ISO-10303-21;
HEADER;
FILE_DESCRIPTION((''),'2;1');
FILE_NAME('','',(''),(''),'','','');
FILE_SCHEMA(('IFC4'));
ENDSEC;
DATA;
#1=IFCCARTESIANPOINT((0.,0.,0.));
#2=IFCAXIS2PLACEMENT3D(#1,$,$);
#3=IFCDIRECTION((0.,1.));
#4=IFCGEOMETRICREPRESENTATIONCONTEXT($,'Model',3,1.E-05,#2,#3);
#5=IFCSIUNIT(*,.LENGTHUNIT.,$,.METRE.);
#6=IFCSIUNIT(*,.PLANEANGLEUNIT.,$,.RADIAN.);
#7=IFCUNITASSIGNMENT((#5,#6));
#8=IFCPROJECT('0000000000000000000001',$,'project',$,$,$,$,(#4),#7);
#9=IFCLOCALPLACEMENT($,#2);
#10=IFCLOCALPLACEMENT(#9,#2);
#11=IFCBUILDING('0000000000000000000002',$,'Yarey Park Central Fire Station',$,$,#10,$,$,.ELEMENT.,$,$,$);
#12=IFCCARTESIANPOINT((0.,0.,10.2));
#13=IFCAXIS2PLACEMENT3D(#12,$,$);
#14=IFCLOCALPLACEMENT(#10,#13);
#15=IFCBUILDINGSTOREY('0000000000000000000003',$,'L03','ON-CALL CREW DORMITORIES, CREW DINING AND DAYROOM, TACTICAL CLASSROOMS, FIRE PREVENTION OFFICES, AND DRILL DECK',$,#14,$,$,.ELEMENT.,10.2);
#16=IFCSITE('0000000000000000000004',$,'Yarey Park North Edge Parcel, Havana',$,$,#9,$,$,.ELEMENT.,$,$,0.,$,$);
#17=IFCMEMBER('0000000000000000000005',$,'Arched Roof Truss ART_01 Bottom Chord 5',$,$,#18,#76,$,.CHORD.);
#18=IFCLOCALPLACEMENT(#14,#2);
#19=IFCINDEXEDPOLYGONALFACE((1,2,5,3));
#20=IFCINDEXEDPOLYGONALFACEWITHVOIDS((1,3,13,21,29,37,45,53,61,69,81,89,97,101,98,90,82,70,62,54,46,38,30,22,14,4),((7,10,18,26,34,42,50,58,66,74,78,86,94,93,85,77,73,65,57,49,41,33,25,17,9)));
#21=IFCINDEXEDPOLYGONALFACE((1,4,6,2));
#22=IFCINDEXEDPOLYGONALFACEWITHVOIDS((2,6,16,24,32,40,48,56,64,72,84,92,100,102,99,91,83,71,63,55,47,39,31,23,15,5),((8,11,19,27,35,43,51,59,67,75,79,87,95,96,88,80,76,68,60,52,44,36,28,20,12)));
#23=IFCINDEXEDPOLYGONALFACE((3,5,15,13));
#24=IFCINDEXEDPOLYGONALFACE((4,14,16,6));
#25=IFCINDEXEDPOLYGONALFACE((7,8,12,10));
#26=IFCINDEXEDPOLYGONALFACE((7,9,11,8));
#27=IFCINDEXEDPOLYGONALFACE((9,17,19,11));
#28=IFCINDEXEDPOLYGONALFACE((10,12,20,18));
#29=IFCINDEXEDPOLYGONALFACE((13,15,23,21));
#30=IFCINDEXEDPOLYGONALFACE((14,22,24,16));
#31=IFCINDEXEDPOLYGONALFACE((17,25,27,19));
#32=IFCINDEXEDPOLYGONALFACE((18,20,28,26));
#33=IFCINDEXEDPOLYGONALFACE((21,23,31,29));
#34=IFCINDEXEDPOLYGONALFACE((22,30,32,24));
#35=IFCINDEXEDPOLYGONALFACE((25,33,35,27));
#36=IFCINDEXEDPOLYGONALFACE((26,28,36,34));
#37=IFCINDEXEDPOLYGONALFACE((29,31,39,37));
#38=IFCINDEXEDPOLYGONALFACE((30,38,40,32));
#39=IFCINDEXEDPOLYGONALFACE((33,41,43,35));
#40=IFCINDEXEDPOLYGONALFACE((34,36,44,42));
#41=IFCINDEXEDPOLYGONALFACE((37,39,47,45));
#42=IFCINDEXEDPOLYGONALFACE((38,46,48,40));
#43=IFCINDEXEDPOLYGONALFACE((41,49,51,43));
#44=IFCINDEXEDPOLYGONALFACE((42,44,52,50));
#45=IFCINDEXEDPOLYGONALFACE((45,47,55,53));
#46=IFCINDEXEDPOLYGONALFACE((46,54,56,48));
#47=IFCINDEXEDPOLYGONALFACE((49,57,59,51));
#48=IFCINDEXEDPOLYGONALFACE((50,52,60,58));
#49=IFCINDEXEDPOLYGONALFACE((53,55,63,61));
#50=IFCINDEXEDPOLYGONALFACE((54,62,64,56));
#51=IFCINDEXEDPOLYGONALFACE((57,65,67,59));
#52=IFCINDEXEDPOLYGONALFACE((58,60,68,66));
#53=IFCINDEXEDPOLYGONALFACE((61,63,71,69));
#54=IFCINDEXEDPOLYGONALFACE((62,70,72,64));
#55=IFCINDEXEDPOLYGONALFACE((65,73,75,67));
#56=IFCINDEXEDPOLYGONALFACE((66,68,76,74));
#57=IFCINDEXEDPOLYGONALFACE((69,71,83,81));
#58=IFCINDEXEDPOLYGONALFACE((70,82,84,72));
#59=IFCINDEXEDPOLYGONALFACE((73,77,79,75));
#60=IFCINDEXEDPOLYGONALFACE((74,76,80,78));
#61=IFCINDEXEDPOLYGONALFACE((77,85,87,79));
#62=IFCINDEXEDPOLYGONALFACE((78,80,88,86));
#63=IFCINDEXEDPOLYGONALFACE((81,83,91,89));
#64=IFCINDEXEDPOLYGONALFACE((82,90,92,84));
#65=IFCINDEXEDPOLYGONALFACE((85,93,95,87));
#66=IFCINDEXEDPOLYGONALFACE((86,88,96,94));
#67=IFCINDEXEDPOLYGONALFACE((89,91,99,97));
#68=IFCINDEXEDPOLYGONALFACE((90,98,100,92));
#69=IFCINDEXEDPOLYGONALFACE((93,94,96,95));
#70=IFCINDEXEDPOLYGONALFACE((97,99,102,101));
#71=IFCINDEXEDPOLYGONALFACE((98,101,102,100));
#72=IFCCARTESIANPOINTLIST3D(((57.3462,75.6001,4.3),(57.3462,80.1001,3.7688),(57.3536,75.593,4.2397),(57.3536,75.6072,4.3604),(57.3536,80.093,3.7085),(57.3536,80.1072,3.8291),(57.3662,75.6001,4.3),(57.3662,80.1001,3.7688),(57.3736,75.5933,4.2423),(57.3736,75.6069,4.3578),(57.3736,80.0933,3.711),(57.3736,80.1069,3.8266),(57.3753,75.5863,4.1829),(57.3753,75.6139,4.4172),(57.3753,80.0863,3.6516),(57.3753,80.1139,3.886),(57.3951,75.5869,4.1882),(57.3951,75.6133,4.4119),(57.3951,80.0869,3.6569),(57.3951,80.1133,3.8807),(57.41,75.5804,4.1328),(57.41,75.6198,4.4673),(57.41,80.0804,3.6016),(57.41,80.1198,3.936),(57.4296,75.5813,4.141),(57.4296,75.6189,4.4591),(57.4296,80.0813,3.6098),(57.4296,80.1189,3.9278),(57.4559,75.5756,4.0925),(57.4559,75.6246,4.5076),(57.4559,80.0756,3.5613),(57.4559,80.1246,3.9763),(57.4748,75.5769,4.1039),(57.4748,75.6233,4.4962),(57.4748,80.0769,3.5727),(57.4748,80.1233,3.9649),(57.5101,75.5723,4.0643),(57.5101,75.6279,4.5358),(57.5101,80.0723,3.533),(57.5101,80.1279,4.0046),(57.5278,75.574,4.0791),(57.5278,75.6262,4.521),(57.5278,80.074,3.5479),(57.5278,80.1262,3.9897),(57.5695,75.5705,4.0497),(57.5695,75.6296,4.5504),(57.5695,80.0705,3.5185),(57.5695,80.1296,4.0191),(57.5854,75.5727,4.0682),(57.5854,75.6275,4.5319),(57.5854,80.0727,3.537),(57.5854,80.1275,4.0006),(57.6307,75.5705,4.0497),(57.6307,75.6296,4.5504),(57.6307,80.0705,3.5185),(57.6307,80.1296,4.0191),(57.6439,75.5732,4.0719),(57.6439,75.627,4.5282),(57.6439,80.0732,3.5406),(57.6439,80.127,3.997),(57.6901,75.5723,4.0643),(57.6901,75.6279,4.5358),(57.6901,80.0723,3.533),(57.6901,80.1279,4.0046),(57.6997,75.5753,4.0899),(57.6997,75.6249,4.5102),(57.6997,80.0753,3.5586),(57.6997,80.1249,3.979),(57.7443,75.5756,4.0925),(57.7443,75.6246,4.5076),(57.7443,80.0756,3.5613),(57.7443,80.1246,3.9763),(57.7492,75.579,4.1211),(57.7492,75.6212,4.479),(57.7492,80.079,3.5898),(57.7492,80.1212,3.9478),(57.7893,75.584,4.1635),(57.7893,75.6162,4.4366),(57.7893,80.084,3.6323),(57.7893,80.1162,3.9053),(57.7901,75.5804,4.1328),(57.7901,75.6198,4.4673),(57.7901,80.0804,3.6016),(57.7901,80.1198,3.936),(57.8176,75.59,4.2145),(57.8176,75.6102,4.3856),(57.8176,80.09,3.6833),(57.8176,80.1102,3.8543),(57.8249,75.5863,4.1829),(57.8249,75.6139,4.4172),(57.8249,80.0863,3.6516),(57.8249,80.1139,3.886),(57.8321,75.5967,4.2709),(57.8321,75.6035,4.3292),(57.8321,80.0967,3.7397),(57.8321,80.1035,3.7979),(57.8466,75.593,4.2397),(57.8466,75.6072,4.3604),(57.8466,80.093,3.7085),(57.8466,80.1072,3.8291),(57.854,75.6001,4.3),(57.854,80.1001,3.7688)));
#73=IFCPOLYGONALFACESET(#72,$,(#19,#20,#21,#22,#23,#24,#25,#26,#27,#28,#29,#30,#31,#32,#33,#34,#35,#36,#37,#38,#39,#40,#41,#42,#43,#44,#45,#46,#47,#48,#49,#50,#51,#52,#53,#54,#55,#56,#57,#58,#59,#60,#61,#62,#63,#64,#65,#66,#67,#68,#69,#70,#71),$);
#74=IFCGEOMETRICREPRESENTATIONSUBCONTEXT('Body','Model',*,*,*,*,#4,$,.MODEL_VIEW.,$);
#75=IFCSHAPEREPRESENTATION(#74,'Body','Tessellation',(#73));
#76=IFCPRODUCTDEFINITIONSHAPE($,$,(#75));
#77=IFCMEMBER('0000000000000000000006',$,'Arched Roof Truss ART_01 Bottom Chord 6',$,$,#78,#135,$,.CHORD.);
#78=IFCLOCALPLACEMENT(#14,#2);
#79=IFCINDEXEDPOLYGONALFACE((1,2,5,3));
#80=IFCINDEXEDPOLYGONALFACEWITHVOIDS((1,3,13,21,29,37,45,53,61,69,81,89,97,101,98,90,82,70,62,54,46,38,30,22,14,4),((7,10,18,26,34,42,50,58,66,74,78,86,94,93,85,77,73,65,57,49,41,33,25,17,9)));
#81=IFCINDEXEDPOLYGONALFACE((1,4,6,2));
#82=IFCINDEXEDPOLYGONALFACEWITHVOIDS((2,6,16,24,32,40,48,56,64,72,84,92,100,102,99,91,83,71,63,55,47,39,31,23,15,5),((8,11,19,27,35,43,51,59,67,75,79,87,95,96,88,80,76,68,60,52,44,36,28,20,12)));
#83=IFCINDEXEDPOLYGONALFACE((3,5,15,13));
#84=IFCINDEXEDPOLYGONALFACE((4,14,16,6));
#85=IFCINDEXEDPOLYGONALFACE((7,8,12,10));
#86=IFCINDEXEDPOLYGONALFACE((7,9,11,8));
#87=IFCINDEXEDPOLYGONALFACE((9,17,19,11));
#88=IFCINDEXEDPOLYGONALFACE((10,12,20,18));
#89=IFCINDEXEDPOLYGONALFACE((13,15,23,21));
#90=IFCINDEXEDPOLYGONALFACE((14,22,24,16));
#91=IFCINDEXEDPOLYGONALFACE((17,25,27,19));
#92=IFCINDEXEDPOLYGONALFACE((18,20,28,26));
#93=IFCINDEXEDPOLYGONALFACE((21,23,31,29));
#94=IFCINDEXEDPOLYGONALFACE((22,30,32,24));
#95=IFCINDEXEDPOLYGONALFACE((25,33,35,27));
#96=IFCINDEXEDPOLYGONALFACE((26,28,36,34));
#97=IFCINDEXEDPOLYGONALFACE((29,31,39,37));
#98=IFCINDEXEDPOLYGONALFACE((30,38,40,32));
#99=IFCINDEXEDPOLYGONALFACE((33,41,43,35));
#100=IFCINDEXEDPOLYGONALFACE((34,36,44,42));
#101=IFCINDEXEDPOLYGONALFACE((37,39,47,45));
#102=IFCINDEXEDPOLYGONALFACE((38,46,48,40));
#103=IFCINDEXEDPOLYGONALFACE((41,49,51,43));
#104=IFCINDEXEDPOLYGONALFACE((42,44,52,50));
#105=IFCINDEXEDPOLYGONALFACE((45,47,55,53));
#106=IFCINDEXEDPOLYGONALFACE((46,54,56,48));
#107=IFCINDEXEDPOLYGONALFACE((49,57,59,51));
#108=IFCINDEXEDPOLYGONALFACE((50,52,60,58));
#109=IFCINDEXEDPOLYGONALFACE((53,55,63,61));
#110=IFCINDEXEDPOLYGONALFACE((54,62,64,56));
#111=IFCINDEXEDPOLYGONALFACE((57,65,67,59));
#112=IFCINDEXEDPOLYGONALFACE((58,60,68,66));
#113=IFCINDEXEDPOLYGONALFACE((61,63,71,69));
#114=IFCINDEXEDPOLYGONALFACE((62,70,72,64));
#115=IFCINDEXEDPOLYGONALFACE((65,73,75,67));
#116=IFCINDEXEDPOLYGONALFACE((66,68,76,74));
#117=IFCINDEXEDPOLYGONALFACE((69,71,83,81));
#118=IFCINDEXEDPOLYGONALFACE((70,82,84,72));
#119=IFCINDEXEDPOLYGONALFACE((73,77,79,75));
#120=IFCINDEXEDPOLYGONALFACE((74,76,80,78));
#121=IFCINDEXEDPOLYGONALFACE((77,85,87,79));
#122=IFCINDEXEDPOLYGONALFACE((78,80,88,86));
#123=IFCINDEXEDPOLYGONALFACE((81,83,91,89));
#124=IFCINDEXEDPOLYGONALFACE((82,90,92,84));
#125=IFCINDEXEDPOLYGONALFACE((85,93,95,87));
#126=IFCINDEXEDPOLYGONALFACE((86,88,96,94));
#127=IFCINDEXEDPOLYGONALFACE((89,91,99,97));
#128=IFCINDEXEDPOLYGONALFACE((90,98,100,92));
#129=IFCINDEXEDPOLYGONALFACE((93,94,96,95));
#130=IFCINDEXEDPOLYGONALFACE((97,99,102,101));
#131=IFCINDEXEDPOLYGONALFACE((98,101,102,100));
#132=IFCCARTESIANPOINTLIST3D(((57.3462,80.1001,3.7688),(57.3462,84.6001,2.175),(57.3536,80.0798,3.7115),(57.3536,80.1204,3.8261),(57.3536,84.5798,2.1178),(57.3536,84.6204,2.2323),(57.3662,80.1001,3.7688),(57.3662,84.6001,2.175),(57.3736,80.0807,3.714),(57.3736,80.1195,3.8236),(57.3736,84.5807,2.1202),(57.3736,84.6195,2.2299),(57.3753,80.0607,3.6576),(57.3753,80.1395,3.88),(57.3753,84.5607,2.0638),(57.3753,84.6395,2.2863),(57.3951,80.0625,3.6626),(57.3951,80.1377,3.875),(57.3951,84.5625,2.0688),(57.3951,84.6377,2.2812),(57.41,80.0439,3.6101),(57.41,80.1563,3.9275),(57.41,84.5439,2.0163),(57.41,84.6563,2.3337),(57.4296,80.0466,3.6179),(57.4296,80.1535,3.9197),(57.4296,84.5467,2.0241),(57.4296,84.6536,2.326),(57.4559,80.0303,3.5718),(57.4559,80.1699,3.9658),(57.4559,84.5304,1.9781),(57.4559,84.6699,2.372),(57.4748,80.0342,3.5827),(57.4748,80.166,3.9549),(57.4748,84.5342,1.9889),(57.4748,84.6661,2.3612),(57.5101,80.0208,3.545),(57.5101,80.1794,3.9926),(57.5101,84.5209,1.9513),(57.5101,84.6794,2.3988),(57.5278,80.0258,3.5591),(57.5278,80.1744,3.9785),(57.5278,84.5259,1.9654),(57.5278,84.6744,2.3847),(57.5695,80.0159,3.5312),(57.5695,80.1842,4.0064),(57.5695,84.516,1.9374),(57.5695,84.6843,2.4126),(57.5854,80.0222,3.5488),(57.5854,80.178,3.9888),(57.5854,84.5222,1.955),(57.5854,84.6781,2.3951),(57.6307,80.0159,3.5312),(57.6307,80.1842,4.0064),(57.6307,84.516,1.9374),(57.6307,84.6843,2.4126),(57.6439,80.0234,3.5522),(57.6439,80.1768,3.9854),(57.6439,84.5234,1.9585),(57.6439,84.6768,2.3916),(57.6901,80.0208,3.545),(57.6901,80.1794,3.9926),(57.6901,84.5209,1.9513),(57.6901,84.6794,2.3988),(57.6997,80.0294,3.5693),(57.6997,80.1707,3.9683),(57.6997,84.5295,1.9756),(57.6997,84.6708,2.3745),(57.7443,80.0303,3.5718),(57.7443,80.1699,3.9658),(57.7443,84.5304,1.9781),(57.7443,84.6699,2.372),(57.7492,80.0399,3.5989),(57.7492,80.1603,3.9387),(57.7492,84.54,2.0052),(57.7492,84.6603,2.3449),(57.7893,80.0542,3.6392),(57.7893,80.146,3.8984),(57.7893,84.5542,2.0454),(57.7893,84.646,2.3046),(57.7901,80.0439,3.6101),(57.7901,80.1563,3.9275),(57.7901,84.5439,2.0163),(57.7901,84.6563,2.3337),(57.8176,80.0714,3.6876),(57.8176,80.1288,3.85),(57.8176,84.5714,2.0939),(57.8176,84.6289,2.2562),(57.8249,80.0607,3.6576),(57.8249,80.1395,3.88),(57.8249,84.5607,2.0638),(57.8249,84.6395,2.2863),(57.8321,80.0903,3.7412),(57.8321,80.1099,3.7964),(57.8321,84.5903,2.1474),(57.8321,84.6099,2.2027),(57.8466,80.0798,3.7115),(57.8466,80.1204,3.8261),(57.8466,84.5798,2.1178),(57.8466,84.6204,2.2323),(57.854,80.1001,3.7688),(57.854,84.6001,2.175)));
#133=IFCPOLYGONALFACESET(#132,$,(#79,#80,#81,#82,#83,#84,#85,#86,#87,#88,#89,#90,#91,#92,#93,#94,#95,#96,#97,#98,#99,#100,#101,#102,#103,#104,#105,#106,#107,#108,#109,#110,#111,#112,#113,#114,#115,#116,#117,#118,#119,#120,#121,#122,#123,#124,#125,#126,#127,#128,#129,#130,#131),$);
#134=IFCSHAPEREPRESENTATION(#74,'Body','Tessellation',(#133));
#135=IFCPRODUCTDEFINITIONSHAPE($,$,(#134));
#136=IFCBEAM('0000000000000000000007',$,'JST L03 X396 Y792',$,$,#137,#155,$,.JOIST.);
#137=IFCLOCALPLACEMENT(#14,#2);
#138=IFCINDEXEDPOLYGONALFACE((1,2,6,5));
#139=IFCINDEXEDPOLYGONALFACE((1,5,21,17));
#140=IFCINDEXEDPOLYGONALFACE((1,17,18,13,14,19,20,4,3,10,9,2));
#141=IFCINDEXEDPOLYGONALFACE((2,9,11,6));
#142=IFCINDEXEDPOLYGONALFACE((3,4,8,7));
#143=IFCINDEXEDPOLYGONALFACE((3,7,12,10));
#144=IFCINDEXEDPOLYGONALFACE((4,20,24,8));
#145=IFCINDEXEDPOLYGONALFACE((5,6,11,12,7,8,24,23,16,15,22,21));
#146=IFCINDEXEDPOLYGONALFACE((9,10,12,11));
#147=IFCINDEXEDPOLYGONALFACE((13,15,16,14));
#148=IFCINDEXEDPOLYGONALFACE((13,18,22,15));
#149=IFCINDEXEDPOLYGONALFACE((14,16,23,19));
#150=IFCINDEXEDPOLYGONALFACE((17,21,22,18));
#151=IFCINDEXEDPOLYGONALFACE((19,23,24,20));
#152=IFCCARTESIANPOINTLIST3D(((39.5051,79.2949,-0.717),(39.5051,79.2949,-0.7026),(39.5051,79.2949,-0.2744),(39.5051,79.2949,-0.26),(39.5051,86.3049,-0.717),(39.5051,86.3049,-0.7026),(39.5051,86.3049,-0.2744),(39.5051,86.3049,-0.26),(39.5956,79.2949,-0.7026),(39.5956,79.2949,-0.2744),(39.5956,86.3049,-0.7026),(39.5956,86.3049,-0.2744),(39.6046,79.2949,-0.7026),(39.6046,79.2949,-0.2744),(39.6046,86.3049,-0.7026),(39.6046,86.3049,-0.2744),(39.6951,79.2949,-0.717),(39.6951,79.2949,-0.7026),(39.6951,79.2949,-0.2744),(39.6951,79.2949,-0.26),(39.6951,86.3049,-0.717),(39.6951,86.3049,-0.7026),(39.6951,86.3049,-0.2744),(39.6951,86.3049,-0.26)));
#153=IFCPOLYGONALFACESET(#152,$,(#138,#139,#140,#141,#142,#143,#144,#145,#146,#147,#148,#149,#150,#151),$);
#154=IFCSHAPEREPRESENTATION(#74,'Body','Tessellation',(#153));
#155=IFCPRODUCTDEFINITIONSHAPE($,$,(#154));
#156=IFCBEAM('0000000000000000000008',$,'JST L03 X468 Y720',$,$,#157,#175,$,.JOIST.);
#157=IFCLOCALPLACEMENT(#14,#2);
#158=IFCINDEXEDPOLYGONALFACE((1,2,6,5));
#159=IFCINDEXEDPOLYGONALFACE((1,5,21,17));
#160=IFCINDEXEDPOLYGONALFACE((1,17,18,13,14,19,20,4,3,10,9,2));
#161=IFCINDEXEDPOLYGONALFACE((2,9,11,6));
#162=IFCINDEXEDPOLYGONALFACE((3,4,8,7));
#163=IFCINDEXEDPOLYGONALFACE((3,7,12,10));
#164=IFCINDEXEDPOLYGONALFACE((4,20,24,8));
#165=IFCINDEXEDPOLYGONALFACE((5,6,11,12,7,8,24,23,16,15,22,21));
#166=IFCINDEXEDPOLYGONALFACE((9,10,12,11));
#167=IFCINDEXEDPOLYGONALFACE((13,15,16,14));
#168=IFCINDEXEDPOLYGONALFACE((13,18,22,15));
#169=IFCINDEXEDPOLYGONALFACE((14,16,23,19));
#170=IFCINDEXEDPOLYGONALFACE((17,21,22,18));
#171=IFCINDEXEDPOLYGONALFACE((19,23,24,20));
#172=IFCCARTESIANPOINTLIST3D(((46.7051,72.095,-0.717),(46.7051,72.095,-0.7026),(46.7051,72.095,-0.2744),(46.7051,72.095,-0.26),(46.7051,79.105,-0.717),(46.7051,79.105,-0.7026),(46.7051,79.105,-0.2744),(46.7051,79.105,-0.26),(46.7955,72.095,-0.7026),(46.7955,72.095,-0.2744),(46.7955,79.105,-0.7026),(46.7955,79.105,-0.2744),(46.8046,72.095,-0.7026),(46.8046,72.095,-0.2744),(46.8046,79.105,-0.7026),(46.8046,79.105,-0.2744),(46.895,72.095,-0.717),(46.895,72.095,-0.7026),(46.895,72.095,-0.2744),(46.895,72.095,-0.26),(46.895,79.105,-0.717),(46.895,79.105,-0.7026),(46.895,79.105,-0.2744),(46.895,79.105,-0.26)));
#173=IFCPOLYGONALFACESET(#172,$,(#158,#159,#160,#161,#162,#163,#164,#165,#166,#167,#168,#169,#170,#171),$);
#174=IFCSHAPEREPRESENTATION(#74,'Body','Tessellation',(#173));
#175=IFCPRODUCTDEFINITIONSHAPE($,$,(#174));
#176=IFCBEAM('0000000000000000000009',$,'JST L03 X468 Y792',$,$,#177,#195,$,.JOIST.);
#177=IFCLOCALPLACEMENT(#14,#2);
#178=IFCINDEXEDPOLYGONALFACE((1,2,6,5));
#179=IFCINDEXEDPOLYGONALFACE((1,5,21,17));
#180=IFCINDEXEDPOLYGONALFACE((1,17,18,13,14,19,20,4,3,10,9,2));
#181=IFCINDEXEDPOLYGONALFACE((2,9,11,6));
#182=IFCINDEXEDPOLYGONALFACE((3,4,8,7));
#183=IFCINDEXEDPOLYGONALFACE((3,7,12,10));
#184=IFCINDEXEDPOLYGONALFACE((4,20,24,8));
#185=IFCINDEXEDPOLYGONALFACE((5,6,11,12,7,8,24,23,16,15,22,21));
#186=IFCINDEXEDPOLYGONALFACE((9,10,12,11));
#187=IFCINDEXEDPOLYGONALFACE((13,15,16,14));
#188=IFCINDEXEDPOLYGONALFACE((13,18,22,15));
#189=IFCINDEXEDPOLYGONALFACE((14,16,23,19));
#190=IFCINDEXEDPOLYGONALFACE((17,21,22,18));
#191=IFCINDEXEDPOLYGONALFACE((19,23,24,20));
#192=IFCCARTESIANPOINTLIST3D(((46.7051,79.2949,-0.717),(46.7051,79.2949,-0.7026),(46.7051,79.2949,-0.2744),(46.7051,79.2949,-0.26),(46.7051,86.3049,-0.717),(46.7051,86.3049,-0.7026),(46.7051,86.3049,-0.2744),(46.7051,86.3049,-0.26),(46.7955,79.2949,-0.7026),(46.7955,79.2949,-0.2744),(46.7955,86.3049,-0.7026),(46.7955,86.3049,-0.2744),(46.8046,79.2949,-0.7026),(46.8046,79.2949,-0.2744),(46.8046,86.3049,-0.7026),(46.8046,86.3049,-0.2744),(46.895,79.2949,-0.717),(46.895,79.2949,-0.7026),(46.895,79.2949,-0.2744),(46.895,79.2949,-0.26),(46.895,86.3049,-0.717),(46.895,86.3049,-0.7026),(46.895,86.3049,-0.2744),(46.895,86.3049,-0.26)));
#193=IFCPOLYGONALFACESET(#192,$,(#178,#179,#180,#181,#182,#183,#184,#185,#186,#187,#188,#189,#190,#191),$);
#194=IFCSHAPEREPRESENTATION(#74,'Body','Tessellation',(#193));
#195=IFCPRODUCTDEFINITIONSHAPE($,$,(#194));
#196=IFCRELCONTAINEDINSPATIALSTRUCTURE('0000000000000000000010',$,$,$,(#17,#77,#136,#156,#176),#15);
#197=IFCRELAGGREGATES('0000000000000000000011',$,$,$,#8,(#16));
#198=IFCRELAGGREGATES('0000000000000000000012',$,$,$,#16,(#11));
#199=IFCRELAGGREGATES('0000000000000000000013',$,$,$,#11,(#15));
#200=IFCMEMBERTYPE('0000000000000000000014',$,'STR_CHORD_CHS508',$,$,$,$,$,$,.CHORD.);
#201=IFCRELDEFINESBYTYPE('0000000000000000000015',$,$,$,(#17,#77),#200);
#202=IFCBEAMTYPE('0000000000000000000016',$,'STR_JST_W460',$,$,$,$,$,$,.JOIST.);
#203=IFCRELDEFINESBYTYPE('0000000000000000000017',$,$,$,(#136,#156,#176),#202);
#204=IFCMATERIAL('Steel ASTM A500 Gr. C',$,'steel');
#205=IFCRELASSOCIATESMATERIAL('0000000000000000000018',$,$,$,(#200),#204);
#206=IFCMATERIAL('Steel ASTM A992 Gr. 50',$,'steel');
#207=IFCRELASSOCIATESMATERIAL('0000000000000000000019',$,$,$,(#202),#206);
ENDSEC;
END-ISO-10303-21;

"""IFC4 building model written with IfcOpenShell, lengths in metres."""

from ifc_helpers import new_model, si_unit, direction, frame, origin, origin_2d, place, context, subcontext, project, spatial, hollow_circle, i_section, extrude, material, material_profile, profile_set, type_object, element, save


model = new_model("IFC4")

# Units and contexts
model_context = context("Model", 3, precision=1e-05, world=origin(), true_north=direction((0.0, 1.0)))
body_context = subcontext(model_context, "Body", "Model", "MODEL_VIEW")
ifc_project = project(units=[si_unit("LENGTHUNIT", "METRE"), si_unit("PLANEANGLEUNIT", "RADIAN")], contexts=[model_context])

# Site, building, storey
site_placement = place(None, origin())
site = spatial("IfcSite", under=ifc_project, at=site_placement, Name="Yarey Park North Edge Parcel, Havana", CompositionType="ELEMENT", RefElevation=0.0)
building_placement = place(site_placement, origin())
building = spatial("IfcBuilding", under=site, at=building_placement, Name="Yarey Park Central Fire Station", CompositionType="ELEMENT")
storey_placement = place(building_placement, frame((0.0, 0.0, 10.2)))
storey = spatial("IfcBuildingStorey", under=building, at=storey_placement, Name="L03", Description="ON-CALL CREW DORMITORIES, CREW DINING AND DAYROOM, TACTICAL CLASSROOMS, FIRE PREVENTION OFFICES, AND DRILL DECK", CompositionType="ELEMENT", Elevation=10.2)

# Shared definitions
ifc_material_1 = material(Name="Steel ASTM A992 Gr. 50", Category="steel")

# Members
ifc_material_2 = material(Name="Steel ASTM A500 Gr. C", Category="steel")
ifc_material_profile_1 = material_profile(ifc_material_2, hollow_circle(Radius=0.2539, WallThickness=0.02, at=origin_2d()), Name="CHS 508x20")
ifc_profile_set_1 = profile_set([ifc_material_profile_1], Name="Steel ASTM A500 Gr. C")
member_type_1 = type_object("IfcMemberType", Name="STR_CHORD_CHS508", PredefinedType="CHORD", material=ifc_profile_set_1)
member_1_placement = place(storey_placement, frame((57.6001, 75.6001, 4.3), z_axis=(0.0, 0.993103, -0.117241), x_axis=(-1.0, 0.0, 0.0)))
element("IfcMember", 1, at=member_1_placement, inside=storey, type_object=member_type_1, Name="Arched Roof Truss ART_01 Bottom Chord 5", PredefinedType="CHORD", context=body_context, shape_type="SweptSolid", body=[
    extrude(hollow_circle(Radius=0.2539, WallThickness=0.02, at=origin_2d()), origin(), (0.0, 0.0, 1.0), 4.5312),
])
member_2_placement = place(storey_placement, frame((57.6001, 80.1001, 3.7688), z_axis=(0.0, 0.942627, -0.333847), x_axis=(-1.0, 0.0, 0.0)))
element("IfcMember", 2, at=member_2_placement, inside=storey, type_object=member_type_1, Name="Arched Roof Truss ART_01 Bottom Chord 6", PredefinedType="CHORD", context=body_context, shape_type="SweptSolid", body=[
    extrude(hollow_circle(Radius=0.2539, WallThickness=0.02, at=origin_2d()), origin(), (0.0, 0.0, 1.0), 4.7739),
])

# Beams
ifc_material_profile_2 = material_profile(ifc_material_1, i_section(OverallWidth=0.1899, OverallDepth=0.457, WebThickness=0.009, FlangeThickness=0.0144, at=origin_2d()), Name="W460x74")
ifc_profile_set_2 = profile_set([ifc_material_profile_2], Name="Steel ASTM A992 Gr. 50")
beam_type_1 = type_object("IfcBeamType", Name="STR_JST_W460", PredefinedType="JOIST", material=ifc_profile_set_2)
for number, where, z_axis, x_axis, name in (
    (3, (39.6001, 79.2949, -0.4885), (0.0, 1.0, 0.0), (-1.0, 0.0, 0.0), "JST L03 X396 Y792"),
    (4, (46.8, 72.095, -0.4885), (0.0, 1.0, 0.0), (-1.0, 0.0, 0.0), "JST L03 X468 Y720"),
    (5, (46.8, 79.2949, -0.4885), (0.0, 1.0, 0.0), (-1.0, 0.0, 0.0), "JST L03 X468 Y792"),
):
    element("IfcBeam", number, at=place(storey_placement, frame(where, z_axis=z_axis, x_axis=x_axis)), inside=storey, type_object=beam_type_1, Name=name, PredefinedType="JOIST", context=body_context, shape_type="SweptSolid", body=[
        extrude(i_section(OverallWidth=0.1899, OverallDepth=0.457, WebThickness=0.009, FlangeThickness=0.0144, at=origin_2d()), origin(), (0.0, 0.0, 1.0), 7.01),
    ])

save(model, "model.ifc")
